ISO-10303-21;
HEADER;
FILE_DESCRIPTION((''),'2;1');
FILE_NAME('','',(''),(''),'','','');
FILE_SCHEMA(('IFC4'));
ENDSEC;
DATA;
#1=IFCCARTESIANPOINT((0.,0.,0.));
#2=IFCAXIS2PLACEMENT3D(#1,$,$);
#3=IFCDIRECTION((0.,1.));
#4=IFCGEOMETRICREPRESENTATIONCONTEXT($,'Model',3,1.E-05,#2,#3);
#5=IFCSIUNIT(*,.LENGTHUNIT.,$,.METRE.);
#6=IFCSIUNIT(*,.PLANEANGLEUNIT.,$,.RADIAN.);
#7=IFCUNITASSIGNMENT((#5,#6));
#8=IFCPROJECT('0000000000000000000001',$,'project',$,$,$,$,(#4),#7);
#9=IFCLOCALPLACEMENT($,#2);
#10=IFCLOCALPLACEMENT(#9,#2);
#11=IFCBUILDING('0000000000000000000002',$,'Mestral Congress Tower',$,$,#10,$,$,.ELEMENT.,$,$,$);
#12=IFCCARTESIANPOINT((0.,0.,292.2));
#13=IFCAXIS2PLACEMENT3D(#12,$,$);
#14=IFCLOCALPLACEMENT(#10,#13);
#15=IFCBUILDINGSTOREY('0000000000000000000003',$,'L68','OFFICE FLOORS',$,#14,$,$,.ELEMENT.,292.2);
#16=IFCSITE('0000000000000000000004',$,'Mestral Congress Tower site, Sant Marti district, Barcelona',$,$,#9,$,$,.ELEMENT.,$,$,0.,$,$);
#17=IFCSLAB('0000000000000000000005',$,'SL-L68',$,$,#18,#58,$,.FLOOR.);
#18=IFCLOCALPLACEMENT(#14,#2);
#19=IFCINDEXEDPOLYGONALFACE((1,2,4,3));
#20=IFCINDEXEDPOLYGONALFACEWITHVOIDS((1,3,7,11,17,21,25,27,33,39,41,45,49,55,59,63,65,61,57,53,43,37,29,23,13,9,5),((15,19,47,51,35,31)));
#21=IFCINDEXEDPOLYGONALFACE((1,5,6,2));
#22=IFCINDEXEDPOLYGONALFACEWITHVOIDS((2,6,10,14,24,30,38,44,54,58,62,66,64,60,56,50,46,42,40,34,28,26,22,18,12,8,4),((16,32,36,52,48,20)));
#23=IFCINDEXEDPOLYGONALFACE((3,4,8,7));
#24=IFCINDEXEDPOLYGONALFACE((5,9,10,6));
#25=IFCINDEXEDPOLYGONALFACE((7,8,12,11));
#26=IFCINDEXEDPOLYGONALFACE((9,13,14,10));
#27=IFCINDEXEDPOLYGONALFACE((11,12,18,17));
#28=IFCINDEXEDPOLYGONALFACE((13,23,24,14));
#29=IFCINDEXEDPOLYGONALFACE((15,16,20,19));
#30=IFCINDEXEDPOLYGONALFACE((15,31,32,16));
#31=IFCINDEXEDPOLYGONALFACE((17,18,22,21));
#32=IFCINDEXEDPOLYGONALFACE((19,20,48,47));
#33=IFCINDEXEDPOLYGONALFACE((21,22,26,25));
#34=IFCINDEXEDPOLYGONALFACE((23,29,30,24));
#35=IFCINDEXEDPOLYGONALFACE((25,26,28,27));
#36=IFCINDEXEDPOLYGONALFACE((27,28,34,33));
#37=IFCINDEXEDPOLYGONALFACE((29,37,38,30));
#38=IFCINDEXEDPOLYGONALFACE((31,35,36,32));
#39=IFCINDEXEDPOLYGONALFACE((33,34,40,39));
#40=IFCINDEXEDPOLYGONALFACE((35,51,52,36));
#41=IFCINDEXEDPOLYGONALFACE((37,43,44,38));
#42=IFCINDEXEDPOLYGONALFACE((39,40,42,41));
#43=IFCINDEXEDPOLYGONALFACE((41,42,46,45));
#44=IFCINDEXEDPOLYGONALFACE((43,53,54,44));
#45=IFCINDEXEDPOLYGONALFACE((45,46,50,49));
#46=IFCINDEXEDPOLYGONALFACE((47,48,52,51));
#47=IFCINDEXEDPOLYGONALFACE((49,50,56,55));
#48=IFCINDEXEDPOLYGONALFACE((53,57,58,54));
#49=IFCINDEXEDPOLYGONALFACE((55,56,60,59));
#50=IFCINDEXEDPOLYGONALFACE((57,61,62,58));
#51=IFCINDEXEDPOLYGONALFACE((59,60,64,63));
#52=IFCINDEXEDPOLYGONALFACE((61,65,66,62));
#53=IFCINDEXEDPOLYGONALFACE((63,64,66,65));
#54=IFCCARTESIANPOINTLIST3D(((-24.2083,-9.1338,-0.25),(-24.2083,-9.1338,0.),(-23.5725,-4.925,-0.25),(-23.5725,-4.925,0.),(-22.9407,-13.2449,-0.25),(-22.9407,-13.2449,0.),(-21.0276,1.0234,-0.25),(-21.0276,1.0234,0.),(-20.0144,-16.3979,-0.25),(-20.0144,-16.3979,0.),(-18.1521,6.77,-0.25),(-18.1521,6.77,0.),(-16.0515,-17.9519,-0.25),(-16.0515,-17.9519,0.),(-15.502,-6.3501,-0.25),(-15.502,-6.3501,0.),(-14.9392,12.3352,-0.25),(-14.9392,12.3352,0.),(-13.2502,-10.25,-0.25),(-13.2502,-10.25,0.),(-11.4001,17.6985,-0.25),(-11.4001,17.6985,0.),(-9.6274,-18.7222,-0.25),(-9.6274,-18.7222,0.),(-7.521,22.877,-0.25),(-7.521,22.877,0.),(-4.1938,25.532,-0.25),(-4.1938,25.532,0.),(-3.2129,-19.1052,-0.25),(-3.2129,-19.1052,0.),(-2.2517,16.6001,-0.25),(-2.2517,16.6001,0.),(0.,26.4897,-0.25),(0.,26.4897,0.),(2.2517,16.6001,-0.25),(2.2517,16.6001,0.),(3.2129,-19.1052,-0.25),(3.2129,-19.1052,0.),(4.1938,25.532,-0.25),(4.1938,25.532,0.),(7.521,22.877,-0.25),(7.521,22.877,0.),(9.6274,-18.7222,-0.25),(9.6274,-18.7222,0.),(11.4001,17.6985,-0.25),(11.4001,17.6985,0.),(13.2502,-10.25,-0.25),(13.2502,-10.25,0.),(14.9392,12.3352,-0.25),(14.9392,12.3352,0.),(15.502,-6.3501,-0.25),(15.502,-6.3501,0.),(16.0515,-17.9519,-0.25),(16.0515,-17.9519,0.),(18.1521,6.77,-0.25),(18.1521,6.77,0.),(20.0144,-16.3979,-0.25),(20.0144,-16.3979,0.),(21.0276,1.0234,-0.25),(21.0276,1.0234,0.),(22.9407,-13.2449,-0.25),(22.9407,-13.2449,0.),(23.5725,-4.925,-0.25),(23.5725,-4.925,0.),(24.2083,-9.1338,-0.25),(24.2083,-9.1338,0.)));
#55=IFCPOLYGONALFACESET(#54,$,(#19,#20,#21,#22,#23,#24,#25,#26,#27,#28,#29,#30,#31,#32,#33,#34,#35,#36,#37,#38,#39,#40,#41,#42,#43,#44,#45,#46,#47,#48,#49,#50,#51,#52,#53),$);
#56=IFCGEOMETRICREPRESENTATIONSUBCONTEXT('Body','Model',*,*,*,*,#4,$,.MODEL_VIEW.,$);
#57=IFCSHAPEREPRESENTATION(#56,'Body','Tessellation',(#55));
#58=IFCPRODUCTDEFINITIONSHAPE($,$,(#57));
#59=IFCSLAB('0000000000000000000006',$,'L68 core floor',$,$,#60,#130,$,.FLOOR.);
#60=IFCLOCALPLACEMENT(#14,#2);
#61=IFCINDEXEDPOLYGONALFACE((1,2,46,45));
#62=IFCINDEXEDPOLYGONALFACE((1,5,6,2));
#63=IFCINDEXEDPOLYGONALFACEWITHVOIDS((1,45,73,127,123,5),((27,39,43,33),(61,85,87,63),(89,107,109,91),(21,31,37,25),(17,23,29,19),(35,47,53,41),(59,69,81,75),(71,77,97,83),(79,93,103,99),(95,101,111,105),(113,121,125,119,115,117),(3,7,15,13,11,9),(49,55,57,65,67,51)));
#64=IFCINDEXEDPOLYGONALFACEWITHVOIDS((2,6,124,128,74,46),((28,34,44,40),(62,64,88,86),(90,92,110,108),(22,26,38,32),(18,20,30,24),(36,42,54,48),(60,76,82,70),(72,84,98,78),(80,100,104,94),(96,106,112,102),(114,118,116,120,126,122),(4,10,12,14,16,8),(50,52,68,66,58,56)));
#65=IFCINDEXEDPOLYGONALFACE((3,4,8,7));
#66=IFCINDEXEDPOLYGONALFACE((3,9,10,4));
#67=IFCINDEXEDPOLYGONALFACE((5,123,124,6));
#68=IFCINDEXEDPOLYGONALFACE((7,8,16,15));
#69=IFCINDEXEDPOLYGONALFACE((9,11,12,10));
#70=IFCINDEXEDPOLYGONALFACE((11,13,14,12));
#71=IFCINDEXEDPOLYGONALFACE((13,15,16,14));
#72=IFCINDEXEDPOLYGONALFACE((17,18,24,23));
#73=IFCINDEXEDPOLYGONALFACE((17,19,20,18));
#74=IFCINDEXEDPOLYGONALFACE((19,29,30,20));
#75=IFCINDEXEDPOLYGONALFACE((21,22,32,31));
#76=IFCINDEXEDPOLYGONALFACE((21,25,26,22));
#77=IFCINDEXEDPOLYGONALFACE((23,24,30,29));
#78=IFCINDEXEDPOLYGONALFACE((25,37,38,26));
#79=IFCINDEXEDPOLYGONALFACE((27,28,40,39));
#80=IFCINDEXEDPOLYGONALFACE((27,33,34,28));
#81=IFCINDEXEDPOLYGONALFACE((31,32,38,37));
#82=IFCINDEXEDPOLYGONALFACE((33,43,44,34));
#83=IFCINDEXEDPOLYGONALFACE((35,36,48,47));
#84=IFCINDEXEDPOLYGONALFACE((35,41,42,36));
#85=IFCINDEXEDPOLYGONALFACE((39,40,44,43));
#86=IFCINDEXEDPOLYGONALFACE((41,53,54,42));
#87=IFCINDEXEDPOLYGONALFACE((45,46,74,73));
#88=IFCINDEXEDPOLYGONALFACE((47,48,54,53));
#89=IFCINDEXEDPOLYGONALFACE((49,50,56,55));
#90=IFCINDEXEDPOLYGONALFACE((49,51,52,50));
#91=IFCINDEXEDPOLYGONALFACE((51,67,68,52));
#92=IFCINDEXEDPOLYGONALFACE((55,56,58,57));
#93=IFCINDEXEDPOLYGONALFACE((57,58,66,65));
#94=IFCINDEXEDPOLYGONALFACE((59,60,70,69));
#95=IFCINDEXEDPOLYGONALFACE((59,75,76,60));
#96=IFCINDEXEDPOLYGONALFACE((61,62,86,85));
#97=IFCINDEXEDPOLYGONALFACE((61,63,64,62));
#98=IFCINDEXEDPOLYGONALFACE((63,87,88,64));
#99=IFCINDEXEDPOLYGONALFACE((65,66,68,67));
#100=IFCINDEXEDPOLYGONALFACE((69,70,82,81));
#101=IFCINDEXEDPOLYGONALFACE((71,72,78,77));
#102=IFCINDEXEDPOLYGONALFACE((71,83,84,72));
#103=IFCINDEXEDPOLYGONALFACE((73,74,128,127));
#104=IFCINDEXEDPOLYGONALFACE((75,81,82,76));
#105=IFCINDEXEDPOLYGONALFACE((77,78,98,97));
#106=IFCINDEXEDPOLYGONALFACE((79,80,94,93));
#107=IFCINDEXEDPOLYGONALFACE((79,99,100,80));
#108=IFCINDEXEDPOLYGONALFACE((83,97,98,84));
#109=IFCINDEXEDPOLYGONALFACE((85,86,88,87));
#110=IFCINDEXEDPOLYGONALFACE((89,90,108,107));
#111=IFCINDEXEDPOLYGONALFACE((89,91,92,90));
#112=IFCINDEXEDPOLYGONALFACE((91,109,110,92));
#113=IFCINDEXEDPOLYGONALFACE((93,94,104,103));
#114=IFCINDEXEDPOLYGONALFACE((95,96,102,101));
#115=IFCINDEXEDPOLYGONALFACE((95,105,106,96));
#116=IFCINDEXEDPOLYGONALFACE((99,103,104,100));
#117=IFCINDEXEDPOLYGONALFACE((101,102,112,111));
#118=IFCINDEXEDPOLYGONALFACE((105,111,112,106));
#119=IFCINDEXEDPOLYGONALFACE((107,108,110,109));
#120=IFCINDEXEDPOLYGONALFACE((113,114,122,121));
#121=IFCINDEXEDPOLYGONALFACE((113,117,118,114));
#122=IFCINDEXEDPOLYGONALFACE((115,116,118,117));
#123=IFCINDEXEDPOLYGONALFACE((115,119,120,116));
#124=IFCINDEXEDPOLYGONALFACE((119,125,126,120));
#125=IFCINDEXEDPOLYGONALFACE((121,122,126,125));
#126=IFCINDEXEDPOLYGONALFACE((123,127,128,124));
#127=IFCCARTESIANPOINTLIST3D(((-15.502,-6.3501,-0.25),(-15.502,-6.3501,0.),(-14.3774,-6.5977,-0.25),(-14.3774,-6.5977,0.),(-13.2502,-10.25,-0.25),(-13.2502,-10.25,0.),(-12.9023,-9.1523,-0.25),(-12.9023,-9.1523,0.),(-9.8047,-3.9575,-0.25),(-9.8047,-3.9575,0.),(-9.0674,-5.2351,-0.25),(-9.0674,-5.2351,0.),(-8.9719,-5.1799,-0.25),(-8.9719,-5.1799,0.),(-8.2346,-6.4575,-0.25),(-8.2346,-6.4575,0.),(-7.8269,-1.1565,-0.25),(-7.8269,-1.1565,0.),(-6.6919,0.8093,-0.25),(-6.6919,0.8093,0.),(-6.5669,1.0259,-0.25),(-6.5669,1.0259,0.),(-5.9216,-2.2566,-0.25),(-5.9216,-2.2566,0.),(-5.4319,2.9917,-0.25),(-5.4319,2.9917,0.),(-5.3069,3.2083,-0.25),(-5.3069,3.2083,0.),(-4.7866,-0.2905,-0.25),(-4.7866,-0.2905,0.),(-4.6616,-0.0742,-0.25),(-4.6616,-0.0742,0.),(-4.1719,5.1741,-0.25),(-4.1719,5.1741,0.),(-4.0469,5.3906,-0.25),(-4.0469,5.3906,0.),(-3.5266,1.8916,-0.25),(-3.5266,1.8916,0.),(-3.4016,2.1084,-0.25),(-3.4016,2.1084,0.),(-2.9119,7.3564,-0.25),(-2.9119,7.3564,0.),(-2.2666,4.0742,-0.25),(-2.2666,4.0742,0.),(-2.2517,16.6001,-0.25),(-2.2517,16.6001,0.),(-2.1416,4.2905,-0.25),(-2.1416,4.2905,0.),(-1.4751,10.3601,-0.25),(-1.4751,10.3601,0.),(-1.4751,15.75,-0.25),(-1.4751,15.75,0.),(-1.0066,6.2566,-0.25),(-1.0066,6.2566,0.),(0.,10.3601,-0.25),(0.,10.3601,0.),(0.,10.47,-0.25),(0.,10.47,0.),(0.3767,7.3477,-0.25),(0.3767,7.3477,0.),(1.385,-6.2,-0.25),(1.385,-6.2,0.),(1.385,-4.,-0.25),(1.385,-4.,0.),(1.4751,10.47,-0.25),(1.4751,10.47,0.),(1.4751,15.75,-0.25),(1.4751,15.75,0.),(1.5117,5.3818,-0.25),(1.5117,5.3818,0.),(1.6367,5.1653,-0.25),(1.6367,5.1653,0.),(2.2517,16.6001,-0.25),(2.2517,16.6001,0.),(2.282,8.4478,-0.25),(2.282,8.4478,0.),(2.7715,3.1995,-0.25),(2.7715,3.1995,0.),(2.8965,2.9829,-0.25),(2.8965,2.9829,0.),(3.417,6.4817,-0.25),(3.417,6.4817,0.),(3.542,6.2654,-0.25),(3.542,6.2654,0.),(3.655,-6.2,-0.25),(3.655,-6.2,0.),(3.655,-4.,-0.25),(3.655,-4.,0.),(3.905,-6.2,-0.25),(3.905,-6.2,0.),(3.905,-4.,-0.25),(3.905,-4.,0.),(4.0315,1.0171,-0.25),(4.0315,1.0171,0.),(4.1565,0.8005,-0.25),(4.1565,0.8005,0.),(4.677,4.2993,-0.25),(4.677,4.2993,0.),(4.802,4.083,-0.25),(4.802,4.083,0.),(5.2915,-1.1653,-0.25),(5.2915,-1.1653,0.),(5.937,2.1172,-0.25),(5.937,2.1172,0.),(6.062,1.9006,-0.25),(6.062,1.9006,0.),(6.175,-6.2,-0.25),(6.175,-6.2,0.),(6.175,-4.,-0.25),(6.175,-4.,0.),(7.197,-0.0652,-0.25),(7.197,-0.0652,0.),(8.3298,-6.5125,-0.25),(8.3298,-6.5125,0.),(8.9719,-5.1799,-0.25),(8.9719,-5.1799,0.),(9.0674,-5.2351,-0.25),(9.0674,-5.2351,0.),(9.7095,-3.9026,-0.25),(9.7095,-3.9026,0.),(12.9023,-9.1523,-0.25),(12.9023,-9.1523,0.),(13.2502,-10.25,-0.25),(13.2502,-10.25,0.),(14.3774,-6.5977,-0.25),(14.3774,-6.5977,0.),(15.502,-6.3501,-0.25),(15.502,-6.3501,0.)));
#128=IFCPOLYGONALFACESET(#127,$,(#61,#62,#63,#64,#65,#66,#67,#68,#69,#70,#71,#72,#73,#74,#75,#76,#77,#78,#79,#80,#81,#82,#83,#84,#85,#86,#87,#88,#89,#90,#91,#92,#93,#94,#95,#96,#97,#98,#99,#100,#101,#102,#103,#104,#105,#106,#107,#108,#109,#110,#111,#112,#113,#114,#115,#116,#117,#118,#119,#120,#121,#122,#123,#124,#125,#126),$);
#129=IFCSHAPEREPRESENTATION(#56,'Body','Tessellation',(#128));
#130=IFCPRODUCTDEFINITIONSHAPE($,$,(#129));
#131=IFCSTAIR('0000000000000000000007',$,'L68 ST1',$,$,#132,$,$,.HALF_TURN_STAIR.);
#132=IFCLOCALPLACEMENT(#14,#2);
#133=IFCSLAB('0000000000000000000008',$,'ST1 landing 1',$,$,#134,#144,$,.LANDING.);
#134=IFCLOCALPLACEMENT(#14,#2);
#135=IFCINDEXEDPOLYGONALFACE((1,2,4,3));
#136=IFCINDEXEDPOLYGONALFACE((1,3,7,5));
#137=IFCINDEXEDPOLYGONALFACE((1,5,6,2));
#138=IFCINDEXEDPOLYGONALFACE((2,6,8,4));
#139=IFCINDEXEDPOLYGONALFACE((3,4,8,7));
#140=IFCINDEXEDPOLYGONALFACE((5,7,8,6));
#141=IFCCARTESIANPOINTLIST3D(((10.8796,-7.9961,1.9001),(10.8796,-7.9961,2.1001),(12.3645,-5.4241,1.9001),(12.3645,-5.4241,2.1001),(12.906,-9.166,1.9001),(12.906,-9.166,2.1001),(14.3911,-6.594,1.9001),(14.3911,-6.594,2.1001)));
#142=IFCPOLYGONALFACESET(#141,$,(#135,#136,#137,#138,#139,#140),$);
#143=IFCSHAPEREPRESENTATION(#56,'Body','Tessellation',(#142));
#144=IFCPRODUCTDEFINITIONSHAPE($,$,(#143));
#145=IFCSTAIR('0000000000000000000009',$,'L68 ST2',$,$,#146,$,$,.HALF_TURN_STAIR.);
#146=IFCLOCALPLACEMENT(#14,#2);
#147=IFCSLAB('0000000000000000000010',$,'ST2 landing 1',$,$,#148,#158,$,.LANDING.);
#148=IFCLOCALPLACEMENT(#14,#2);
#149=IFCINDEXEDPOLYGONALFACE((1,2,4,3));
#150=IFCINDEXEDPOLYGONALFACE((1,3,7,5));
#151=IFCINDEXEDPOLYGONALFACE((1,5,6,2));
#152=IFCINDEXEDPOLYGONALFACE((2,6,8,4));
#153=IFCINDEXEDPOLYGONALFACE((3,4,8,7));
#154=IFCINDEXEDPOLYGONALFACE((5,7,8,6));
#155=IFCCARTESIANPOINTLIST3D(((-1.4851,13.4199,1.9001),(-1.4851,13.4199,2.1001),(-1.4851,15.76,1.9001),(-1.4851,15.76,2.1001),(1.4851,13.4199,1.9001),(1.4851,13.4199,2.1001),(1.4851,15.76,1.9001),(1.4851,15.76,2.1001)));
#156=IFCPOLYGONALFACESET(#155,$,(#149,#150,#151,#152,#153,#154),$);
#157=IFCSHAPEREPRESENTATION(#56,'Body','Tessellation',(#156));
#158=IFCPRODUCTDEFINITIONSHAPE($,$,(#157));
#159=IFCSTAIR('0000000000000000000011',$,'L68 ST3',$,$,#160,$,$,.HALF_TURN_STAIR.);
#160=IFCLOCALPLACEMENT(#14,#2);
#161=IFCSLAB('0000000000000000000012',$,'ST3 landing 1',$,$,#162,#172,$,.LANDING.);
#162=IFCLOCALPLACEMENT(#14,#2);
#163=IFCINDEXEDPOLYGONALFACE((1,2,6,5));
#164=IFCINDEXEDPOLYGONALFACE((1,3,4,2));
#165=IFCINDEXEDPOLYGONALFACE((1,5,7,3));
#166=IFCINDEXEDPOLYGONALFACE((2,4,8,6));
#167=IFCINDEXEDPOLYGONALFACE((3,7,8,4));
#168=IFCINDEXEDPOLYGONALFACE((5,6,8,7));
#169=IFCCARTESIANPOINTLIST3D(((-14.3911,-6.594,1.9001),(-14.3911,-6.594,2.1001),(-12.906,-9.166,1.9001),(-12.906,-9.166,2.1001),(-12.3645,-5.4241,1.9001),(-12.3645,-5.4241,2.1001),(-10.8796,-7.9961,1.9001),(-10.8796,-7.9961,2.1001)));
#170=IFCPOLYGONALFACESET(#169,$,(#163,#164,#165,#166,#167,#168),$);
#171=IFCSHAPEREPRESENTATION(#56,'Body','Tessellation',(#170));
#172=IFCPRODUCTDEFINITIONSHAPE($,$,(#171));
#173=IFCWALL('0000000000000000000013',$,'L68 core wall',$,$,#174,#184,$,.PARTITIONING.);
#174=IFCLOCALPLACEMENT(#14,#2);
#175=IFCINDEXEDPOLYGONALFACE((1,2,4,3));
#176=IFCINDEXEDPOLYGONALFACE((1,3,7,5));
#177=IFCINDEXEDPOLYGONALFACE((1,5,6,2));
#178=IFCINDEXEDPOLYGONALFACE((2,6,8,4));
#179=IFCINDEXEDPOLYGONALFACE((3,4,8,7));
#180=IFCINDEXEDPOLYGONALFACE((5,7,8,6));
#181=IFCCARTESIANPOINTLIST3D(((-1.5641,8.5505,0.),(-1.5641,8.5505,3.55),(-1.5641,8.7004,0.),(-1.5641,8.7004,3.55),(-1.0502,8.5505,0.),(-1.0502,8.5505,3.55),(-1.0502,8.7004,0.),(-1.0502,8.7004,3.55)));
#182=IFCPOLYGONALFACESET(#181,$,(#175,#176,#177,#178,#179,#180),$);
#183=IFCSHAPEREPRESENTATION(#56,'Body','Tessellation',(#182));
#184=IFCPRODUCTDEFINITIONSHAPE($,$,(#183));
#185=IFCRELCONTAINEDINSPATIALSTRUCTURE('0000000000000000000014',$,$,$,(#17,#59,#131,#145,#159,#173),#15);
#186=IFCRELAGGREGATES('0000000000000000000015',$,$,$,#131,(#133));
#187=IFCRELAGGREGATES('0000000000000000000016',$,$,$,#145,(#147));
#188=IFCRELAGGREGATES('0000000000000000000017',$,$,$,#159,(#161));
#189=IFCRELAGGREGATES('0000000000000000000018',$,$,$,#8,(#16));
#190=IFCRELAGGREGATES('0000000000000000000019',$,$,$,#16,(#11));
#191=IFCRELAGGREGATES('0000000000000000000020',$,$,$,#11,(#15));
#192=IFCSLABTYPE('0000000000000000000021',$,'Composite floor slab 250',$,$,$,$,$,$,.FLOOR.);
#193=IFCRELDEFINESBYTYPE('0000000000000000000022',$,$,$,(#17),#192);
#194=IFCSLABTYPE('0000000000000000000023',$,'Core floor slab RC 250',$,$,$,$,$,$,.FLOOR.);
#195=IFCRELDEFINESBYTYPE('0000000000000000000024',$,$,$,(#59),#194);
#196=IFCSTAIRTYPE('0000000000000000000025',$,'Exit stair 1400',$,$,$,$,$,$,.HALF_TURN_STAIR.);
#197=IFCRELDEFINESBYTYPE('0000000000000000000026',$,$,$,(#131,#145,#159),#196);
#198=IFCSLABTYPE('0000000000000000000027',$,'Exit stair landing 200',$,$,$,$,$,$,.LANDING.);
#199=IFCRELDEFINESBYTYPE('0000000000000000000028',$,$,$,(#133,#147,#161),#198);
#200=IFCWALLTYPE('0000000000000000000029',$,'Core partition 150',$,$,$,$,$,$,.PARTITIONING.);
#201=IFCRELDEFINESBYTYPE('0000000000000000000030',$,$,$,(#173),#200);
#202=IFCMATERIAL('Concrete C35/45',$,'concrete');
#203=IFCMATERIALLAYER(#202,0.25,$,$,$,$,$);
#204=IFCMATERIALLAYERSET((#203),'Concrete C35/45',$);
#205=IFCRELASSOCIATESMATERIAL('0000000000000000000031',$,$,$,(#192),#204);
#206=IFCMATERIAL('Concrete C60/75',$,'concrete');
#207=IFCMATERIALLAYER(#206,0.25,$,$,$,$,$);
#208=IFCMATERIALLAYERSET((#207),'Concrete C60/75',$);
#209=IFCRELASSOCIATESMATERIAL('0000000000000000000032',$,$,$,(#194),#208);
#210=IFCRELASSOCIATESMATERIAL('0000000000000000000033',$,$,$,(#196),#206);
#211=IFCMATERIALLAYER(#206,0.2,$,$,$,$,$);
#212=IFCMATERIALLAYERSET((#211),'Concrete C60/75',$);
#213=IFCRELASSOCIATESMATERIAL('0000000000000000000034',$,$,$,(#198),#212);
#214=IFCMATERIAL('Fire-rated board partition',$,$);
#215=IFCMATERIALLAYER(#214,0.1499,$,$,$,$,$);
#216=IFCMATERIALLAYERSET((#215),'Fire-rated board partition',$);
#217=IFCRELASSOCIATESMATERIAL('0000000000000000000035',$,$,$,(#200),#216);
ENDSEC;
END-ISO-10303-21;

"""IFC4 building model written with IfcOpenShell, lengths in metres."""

from ifc_helpers import new_model, si_unit, direction, frame, frame_2d, origin, place, context, subcontext, project, spatial, polyline, rectangle, outline, extrude, material, layer, layer_set, type_object, element, aggregate, save


model = new_model("IFC4")

# Units and contexts
model_context = context("Model", 3, precision=1e-05, world=origin(), true_north=direction((0.0, 1.0)))
body_context = subcontext(model_context, "Body", "Model", "MODEL_VIEW")
ifc_project = project(units=[si_unit("LENGTHUNIT", "METRE"), si_unit("PLANEANGLEUNIT", "RADIAN")], contexts=[model_context])

# Site, building, storey
site_placement = place(None, origin())
site = spatial("IfcSite", under=ifc_project, at=site_placement, Name="Mestral Congress Tower site, Sant Marti district, Barcelona", CompositionType="ELEMENT", RefElevation=0.0)
building_placement = place(site_placement, origin())
building = spatial("IfcBuilding", under=site, at=building_placement, Name="Mestral Congress Tower", CompositionType="ELEMENT")
storey_placement = place(building_placement, frame((0.0, 0.0, 292.2)))
storey = spatial("IfcBuildingStorey", under=building, at=storey_placement, Name="L68", Description="OFFICE FLOORS", CompositionType="ELEMENT", Elevation=292.2)

# Slabs
ifc_material_1 = material(Name="Concrete C35/45", Category="concrete")
ifc_layer_1 = layer(ifc_material_1, 0.25)
ifc_layer_set_1 = layer_set([ifc_layer_1], Name="Concrete C35/45")
slab_type_1 = type_object("IfcSlabType", Name="Composite floor slab 250", PredefinedType="FLOOR", material=ifc_layer_set_1)
placement_1 = place(storey_placement, frame((0.0, 0.0, -0.25)))
element("IfcSlab", 1, at=placement_1, inside=storey, type_object=slab_type_1, Name="SL-L68", PredefinedType="FLOOR", context=body_context, shape_type="SweptSolid", body=[
    extrude(outline(polyline([(-16.0515, -17.9519), (-20.0144, -16.3979), (-22.9407, -13.2449), (-24.2083, -9.1338), (-23.5725, -4.925), (-21.0276, 1.0234), (-18.1521, 6.77), (-14.9392, 12.3352), (-11.4001, 17.6985), (-7.521, 22.877), (-4.1938, 25.532), (0.0, 26.4897), (4.1938, 25.532), (7.521, 22.877), (11.4001, 17.6985), (14.9392, 12.3352), (18.1521, 6.77), (21.0276, 1.0234), (23.5725, -4.925), (24.2083, -9.1338), (22.9407, -13.2449), (20.0144, -16.3979), (16.0515, -17.9519), (9.6274, -18.7222), (3.2129, -19.1052), (-3.2129, -19.1052), (-9.6274, -18.7222), (-16.0515, -17.9519)]), holes=[polyline([(-2.2517, 16.6001), (-15.502, -6.3501), (-13.2502, -10.25), (13.2502, -10.25), (15.502, -6.3501), (2.2517, 16.6001), (-2.2517, 16.6001)])]), origin(), (0.0, 0.0, 1.0), 0.25),
])
ifc_material_2 = material(Name="Concrete C60/75", Category="concrete")
ifc_layer_2 = layer(ifc_material_2, 0.25)
ifc_layer_set_2 = layer_set([ifc_layer_2], Name="Concrete C60/75")
slab_type_2 = type_object("IfcSlabType", Name="Core floor slab RC 250", PredefinedType="FLOOR", material=ifc_layer_set_2)
element("IfcSlab", 2, at=placement_1, inside=storey, type_object=slab_type_2, Name="L68 core floor", PredefinedType="FLOOR", context=body_context, shape_type="SweptSolid", body=[
    extrude(outline(polyline([(13.2502, -10.25), (-13.2502, -10.25), (-15.502, -6.3501), (-2.2517, 16.6001), (2.2517, 16.6001), (15.502, -6.3501), (13.2502, -10.25)]), holes=[polyline([(-14.3774, -6.5977), (-12.9023, -9.1523), (-8.2346, -6.4575), (-8.9719, -5.1799), (-9.0674, -5.2351), (-9.8047, -3.9575), (-14.3774, -6.5977)]), polyline([(-5.9216, -2.2566), (-4.7866, -0.2905), (-6.6919, 0.8093), (-7.8269, -1.1565), (-5.9216, -2.2566)]), polyline([(-4.6616, -0.0742), (-3.5266, 1.8916), (-5.4319, 2.9917), (-6.5669, 1.0259), (-4.6616, -0.0742)]), polyline([(-2.2666, 4.0742), (-4.1719, 5.1741), (-5.3069, 3.2083), (-3.4016, 2.1084), (-2.2666, 4.0742)]), polyline([(-2.1416, 4.2905), (-1.0066, 6.2566), (-2.9119, 7.3564), (-4.0469, 5.3906), (-2.1416, 4.2905)]), polyline([(0.3767, 7.3477), (1.5117, 5.3818), (3.417, 6.4817), (2.282, 8.4478), (0.3767, 7.3477)]), polyline([(1.4751, 15.75), (-1.4751, 15.75), (-1.4751, 10.3601), (0.0, 10.3601), (0.0, 10.47), (1.4751, 10.47), (1.4751, 15.75)]), polyline([(8.3298, -6.5125), (12.9023, -9.1523), (14.3774, -6.5977), (9.7095, -3.9026), (8.9719, -5.1799), (9.0674, -5.2351), (8.3298, -6.5125)]), polyline([(3.655, -4.0), (1.385, -4.0), (1.385, -6.2), (3.655, -6.2), (3.655, -4.0)]), polyline([(6.175, -4.0), (3.905, -4.0), (3.905, -6.2), (6.175, -6.2), (6.175, -4.0)]), polyline([(4.1565, 0.8005), (5.2915, -1.1653), (7.197, -0.0652), (6.062, 1.9006), (4.1565, 0.8005)]), polyline([(2.8965, 2.9829), (4.0315, 1.0171), (5.937, 2.1172), (4.802, 4.083), (2.8965, 2.9829)]), polyline([(1.6367, 5.1653), (2.7715, 3.1995), (4.677, 4.2993), (3.542, 6.2654), (1.6367, 5.1653)])]), origin(), (0.0, 0.0, 1.0), 0.25),
])

# Stairs, slabs
stair_type = type_object("IfcStairType", Name="Exit stair 1400", PredefinedType="HALF_TURN_STAIR", material=ifc_material_2)
placement_2 = place(storey_placement, origin())
stair_1 = element("IfcStair", 3, at=placement_2, inside=storey, type_object=stair_type, Name="L68 ST1", PredefinedType="HALF_TURN_STAIR")
ifc_layer_3 = layer(ifc_material_2, 0.2)
ifc_layer_set_3 = layer_set([ifc_layer_3], Name="Concrete C60/75")
slab_type_3 = type_object("IfcSlabType", Name="Exit stair landing 200", PredefinedType="LANDING", material=ifc_layer_set_3)
placement_3 = place(storey_placement, frame((0.0, 0.0, 1.9001)))
slab_1 = element("IfcSlab", 4, at=placement_3, type_object=slab_type_3, Name="ST1 landing 1", PredefinedType="LANDING", context=body_context, shape_type="SweptSolid", body=[
    extrude(outline(polyline([(10.8796, -7.9961), (12.3645, -5.4241), (14.3911, -6.594), (12.906, -9.166), (10.8796, -7.9961)])), origin(), (0.0, 0.0, 1.0), 0.2),
])
aggregate(stair_1, [slab_1])
stair_2 = element("IfcStair", 5, at=placement_2, inside=storey, type_object=stair_type, Name="L68 ST2", PredefinedType="HALF_TURN_STAIR")
slab_2 = element("IfcSlab", 6, at=placement_3, type_object=slab_type_3, Name="ST2 landing 1", PredefinedType="LANDING", context=body_context, shape_type="SweptSolid", body=[
    extrude(outline(polyline([(1.4851, 13.4199), (-1.4851, 13.4199), (-1.4851, 15.76), (1.4851, 15.76), (1.4851, 13.4199)])), origin(), (0.0, 0.0, 1.0), 0.2),
])
aggregate(stair_2, [slab_2])
stair_3 = element("IfcStair", 7, at=placement_2, inside=storey, type_object=stair_type, Name="L68 ST3", PredefinedType="HALF_TURN_STAIR")
slab_3 = element("IfcSlab", 8, at=placement_3, type_object=slab_type_3, Name="ST3 landing 1", PredefinedType="LANDING", context=body_context, shape_type="SweptSolid", body=[
    extrude(outline(polyline([(-12.3645, -5.4241), (-10.8796, -7.9961), (-12.906, -9.166), (-14.3911, -6.594), (-12.3645, -5.4241)])), origin(), (0.0, 0.0, 1.0), 0.2),
])
aggregate(stair_3, [slab_3])

# Wall
ifc_material_3 = material(Name="Fire-rated board partition")
ifc_layer_4 = layer(ifc_material_3, 0.1499)
ifc_layer_set_4 = layer_set([ifc_layer_4], Name="Fire-rated board partition")
wall_type_1 = type_object("IfcWallType", Name="Core partition 150", PredefinedType="PARTITIONING", material=ifc_layer_set_4)
wall_1_placement = place(storey_placement, frame((-1.564, 8.6255, 0.0), z_axis=(0.0, 0.0, 1.0), x_axis=(1.0, 0.0, 0.0)))
element("IfcWall", 9, at=wall_1_placement, inside=storey, type_object=wall_type_1, Name="L68 core wall", PredefinedType="PARTITIONING", context=body_context, shape_type="SweptSolid", body=[
    extrude(rectangle(XDim=0.5139, YDim=0.1499, at=frame_2d((0.2568, 0.0))), origin(), (0.0, 0.0, 1.0), 3.55),
])

save(model, "model.ifc")
